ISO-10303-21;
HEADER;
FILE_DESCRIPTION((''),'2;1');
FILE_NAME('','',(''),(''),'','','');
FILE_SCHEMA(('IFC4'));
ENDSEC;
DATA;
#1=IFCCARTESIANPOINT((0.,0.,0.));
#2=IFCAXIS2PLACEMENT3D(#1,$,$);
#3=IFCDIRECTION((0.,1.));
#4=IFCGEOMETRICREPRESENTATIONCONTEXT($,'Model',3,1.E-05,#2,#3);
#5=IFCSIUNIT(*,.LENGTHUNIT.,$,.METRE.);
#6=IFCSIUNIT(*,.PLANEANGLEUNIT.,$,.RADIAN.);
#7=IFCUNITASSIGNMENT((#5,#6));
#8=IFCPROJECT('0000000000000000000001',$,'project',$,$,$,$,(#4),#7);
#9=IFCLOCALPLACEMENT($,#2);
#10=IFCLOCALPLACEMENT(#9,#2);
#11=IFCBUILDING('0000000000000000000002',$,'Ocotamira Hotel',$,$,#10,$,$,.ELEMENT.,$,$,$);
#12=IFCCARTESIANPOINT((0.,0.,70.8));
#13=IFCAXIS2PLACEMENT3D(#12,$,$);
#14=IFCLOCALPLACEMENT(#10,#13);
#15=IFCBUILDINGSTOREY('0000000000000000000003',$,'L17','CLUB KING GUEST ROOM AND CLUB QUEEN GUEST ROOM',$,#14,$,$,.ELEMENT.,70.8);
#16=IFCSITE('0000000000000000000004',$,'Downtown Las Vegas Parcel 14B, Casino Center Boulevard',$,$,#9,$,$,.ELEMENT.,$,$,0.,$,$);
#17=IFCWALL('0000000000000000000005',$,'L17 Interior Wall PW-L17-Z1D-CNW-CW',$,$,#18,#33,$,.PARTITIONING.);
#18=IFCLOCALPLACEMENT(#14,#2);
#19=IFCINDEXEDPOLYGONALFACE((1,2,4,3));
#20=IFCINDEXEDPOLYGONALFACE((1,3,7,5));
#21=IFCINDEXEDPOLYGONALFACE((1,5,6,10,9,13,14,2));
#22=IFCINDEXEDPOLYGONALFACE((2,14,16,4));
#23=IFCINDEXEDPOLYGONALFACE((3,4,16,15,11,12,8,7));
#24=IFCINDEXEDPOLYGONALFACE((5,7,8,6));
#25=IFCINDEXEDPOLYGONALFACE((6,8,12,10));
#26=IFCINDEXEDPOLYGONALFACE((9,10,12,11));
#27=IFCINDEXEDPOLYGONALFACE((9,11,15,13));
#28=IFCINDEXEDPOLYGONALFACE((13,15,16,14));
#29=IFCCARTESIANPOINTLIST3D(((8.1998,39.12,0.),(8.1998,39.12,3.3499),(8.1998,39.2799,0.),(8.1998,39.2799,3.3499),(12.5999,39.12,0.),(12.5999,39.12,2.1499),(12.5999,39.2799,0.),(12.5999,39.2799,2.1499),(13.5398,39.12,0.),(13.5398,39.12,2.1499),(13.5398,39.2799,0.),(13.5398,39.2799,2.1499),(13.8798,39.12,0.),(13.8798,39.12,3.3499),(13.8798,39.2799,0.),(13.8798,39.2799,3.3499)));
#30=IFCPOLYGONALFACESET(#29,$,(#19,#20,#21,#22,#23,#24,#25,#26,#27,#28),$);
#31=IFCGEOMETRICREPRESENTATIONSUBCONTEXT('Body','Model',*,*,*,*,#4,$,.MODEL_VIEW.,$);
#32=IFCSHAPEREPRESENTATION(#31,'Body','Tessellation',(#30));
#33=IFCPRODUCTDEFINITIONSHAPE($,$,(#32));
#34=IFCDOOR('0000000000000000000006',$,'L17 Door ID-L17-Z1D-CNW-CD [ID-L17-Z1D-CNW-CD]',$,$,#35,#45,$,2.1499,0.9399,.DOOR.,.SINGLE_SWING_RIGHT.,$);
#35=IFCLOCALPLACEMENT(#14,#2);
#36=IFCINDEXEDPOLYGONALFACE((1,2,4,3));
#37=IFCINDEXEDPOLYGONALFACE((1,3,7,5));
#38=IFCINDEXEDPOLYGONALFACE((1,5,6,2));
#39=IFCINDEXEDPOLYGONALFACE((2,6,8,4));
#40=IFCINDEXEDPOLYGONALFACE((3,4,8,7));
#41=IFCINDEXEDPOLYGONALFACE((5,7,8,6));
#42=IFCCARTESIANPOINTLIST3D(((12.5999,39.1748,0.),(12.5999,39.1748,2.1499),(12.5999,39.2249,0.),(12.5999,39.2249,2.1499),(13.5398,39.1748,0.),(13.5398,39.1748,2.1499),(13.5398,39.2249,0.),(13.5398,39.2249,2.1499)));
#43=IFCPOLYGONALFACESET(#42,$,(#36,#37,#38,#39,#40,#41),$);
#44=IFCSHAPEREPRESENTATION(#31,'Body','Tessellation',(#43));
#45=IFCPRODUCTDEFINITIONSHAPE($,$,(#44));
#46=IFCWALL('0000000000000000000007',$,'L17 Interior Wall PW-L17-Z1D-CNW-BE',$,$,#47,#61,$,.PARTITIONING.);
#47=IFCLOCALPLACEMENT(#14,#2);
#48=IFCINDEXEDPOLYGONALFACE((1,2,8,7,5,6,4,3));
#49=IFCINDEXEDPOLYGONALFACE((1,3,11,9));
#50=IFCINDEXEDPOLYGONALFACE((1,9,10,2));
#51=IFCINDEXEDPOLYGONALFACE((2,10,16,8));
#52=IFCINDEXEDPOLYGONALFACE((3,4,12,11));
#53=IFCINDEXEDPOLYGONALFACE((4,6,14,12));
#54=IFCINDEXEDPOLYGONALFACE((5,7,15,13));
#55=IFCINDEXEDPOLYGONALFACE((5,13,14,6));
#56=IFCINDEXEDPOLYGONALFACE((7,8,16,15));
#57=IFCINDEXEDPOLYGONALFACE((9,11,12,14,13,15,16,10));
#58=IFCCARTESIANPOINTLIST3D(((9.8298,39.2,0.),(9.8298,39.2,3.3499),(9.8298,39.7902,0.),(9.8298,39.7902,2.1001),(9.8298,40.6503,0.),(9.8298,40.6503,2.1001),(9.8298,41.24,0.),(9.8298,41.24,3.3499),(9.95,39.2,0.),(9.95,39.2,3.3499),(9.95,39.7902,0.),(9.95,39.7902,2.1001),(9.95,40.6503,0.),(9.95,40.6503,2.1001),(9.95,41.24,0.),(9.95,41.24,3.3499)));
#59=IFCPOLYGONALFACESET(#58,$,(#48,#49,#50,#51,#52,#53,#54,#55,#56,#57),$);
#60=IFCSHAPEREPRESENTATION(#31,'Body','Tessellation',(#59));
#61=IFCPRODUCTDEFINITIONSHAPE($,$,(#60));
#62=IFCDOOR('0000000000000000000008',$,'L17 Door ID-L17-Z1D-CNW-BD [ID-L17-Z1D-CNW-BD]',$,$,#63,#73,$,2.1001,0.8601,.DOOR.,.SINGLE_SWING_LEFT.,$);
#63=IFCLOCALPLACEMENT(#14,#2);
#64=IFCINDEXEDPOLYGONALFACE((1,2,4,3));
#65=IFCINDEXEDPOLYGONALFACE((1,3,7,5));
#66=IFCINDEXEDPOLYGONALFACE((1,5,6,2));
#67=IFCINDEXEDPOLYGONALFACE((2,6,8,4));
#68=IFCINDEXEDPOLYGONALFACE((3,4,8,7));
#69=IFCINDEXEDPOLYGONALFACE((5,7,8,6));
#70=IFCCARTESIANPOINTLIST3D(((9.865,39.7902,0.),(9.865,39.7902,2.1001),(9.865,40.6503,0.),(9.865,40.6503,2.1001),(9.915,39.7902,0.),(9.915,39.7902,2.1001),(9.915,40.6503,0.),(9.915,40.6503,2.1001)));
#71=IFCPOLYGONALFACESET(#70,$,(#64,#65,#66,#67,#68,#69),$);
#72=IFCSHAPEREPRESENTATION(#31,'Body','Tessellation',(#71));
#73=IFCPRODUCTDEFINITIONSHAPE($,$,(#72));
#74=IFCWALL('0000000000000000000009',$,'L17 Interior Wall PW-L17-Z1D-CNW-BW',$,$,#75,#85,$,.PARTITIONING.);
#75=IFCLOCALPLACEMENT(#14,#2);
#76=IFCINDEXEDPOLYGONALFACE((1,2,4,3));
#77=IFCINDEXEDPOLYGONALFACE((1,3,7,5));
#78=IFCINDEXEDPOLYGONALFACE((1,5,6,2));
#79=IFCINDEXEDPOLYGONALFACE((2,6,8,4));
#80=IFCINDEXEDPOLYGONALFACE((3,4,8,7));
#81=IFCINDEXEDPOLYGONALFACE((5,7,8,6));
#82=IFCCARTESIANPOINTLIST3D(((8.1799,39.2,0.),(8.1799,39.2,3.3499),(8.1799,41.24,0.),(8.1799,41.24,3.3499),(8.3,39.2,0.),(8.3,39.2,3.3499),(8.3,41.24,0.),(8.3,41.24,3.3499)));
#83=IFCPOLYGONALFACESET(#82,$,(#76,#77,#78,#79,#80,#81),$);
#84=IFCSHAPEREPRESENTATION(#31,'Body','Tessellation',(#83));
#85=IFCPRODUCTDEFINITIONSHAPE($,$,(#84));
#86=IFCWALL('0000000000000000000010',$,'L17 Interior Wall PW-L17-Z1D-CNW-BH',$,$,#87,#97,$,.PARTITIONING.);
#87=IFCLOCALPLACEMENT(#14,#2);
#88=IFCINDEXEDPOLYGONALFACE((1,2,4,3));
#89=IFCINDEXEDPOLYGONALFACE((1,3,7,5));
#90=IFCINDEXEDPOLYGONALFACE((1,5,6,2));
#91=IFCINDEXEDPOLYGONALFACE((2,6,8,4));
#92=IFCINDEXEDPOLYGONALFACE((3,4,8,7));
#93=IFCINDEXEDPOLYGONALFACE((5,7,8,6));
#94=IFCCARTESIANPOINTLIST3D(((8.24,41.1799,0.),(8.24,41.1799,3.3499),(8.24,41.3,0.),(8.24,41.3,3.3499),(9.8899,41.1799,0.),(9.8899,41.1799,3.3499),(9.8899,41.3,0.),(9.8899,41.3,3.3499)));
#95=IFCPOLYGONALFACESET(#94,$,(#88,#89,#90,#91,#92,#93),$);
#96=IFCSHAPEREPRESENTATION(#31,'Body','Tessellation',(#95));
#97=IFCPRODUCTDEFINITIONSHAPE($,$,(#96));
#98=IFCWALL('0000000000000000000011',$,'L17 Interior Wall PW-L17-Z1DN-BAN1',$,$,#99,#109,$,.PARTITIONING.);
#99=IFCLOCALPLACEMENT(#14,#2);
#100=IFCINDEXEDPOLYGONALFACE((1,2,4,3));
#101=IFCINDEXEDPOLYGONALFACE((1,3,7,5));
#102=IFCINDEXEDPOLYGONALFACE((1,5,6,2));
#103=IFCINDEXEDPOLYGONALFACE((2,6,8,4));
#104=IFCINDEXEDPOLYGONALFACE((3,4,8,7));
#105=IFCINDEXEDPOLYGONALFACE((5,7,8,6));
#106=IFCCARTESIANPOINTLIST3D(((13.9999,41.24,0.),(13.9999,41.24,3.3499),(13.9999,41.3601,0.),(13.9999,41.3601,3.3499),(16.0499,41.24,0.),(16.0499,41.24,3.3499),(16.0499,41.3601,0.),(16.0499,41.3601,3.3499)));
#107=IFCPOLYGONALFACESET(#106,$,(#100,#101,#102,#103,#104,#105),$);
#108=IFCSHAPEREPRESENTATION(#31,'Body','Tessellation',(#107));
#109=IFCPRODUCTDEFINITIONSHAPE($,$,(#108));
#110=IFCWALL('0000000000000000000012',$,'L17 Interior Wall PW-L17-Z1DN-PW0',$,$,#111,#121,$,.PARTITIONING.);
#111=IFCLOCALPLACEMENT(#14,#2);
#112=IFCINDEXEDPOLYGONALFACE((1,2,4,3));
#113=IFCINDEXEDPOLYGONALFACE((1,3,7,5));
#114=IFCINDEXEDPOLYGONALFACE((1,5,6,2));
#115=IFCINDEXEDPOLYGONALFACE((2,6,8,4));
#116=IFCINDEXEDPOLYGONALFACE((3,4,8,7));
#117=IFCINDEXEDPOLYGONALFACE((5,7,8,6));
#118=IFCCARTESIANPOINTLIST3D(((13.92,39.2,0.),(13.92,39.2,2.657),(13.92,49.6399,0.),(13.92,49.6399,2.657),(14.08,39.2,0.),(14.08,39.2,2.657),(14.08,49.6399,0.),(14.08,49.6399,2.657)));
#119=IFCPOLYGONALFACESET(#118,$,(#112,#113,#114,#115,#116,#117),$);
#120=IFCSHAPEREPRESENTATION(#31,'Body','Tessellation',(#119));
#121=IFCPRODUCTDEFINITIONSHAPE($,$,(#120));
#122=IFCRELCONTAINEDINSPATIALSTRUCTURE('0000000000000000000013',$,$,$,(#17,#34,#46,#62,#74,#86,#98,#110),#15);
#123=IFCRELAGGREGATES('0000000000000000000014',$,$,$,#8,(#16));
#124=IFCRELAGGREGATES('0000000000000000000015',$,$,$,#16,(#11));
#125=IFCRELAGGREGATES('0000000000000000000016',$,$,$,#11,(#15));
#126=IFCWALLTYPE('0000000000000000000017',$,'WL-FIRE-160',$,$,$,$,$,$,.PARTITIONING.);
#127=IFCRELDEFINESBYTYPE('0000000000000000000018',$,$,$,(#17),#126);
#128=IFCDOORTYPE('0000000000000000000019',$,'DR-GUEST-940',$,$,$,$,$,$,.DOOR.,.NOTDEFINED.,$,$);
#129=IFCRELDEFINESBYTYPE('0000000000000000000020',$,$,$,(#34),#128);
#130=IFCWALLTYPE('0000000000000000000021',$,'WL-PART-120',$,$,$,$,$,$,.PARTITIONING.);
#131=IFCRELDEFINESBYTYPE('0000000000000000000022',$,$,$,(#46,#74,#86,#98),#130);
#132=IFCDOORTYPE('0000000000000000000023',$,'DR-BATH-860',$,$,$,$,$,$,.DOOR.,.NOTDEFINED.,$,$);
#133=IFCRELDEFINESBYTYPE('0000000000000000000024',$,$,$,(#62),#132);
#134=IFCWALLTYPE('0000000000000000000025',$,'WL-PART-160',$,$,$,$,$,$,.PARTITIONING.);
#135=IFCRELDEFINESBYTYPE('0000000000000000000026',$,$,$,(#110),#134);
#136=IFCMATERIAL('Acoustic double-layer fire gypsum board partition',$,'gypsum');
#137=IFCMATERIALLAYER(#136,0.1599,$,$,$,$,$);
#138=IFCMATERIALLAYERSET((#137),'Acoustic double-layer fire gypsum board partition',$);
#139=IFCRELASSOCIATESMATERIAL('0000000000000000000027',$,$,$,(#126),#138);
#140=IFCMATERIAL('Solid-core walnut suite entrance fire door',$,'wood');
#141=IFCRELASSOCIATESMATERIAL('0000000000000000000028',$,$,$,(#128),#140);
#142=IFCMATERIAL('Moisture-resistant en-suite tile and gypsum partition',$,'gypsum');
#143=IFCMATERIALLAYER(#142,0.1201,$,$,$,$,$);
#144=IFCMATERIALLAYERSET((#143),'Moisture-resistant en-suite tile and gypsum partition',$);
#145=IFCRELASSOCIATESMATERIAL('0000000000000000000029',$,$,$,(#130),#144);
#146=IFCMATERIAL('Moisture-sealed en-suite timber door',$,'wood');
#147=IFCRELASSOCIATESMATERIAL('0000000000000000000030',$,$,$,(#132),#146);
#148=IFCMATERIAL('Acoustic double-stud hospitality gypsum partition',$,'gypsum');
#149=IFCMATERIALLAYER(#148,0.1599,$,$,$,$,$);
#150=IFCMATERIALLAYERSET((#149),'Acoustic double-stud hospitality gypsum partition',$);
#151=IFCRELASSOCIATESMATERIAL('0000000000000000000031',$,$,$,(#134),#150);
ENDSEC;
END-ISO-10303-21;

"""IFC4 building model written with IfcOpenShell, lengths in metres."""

from ifc_helpers import new_model, si_unit, direction, frame, frame_2d, origin, place, context, subcontext, project, spatial, rectangle, extrude, source, transform, mapped, material, layer, layer_set, type_object, element, fill, save


model = new_model("IFC4")

# Units and contexts
model_context = context("Model", 3, precision=1e-05, world=origin(), true_north=direction((0.0, 1.0)))
body_context = subcontext(model_context, "Body", "Model", "MODEL_VIEW")
ifc_project = project(units=[si_unit("LENGTHUNIT", "METRE"), si_unit("PLANEANGLEUNIT", "RADIAN")], contexts=[model_context])

# Site, building, storey
site_placement = place(None, origin())
site = spatial("IfcSite", under=ifc_project, at=site_placement, Name="Downtown Las Vegas Parcel 14B, Casino Center Boulevard", CompositionType="ELEMENT", RefElevation=0.0)
building_placement = place(site_placement, origin())
building = spatial("IfcBuilding", under=site, at=building_placement, Name="Ocotamira Hotel", CompositionType="ELEMENT")
storey_placement = place(building_placement, frame((0.0, 0.0, 70.8)))
storey = spatial("IfcBuildingStorey", under=building, at=storey_placement, Name="L17", Description="CLUB KING GUEST ROOM AND CLUB QUEEN GUEST ROOM", CompositionType="ELEMENT", Elevation=70.8)

# Wall, opening, door
ifc_material_1 = material(Name="Acoustic double-layer fire gypsum board partition", Category="gypsum")
ifc_layer_1 = layer(ifc_material_1, 0.1599)
ifc_layer_set_1 = layer_set([ifc_layer_1], Name="Acoustic double-layer fire gypsum board partition")
wall_type_1 = type_object("IfcWallType", Name="WL-FIRE-160", PredefinedType="PARTITIONING", material=ifc_layer_set_1)
wall_1_placement = place(storey_placement, frame((8.2, 39.2, 0.0), z_axis=(0.0, 0.0, 1.0), x_axis=(1.0, 0.0, 0.0)))
wall_1 = element("IfcWall", 1, at=wall_1_placement, inside=storey, type_object=wall_type_1, Name="L17 Interior Wall PW-L17-Z1D-CNW-CW", PredefinedType="PARTITIONING", context=body_context, shape_type="SweptSolid", body=[
    extrude(rectangle(XDim=5.6799, YDim=0.1599, at=frame_2d((2.8398, 0.0))), origin(), (0.0, 0.0, 1.0), 3.3499),
])
opening_1_placement = place(wall_1_placement, frame((4.3999, 0.0, 0.0)))
opening_1 = element("IfcOpeningElement", 2, at=opening_1_placement, cuts=wall_1, PredefinedType="OPENING", context=body_context, shape_type="SweptSolid", body=[
    extrude(rectangle(XDim=0.9399, YDim=2.1499, at=frame_2d((0.47, 1.075))), frame((0.0, 0.0898, 0.0), z_axis=(0.0, -1.0, 0.0), x_axis=(1.0, 0.0, 0.0)), (0.0, 0.0, 1.0), 0.1799),
])
ifc_material_2 = material(Name="Solid-core walnut suite entrance fire door", Category="wood")
door_type_1 = type_object("IfcDoorType", Name="DR-GUEST-940", OperationType="NOTDEFINED", PredefinedType="DOOR", material=ifc_material_2)
shared_shape_1 = source(origin(), body_context, "Body", "SweptSolid", [
    extrude(rectangle(XDim=0.9399, YDim=2.1499, at=frame_2d((0.47, 1.075))), frame((0.0, 0.0249, 0.0), z_axis=(0.0, -1.0, 0.0), x_axis=(1.0, 0.0, 0.0)), (0.0, 0.0, 1.0), 0.05),
])
door_1_placement = place(opening_1_placement, origin())
door_1 = element("IfcDoor", 3, at=door_1_placement, inside=storey, type_object=door_type_1, Name="L17 Door ID-L17-Z1D-CNW-CD [ID-L17-Z1D-CNW-CD]", OperationType="SINGLE_SWING_RIGHT", OverallHeight=2.1499, OverallWidth=0.9399, PredefinedType="DOOR", context=body_context, shape_type="MappedRepresentation", body=[
    mapped(shared_shape_1, transform((0.0, 0.0, 0.0), scale=1.0)),
])
fill(opening_1, door_1)

# Wall, opening, door
ifc_material_3 = material(Name="Moisture-resistant en-suite tile and gypsum partition", Category="gypsum")
ifc_layer_2 = layer(ifc_material_3, 0.1201)
ifc_layer_set_2 = layer_set([ifc_layer_2], Name="Moisture-resistant en-suite tile and gypsum partition")
wall_type_2 = type_object("IfcWallType", Name="WL-PART-120", PredefinedType="PARTITIONING", material=ifc_layer_set_2)
wall_2_placement = place(storey_placement, frame((9.8899, 39.2, 0.0), z_axis=(0.0, 0.0, 1.0), x_axis=(0.0, 1.0, 0.0)))
wall_2 = element("IfcWall", 4, at=wall_2_placement, inside=storey, type_object=wall_type_2, Name="L17 Interior Wall PW-L17-Z1D-CNW-BE", PredefinedType="PARTITIONING", context=body_context, shape_type="SweptSolid", body=[
    extrude(rectangle(XDim=2.04, YDim=0.1201, at=frame_2d((1.02, 0.0))), origin(), (0.0, 0.0, 1.0), 3.3499),
])
opening_2_placement = place(wall_2_placement, frame((0.5901, 0.0, 0.0)))
opening_2 = element("IfcOpeningElement", 5, at=opening_2_placement, cuts=wall_2, PredefinedType="OPENING", context=body_context, shape_type="SweptSolid", body=[
    extrude(rectangle(XDim=0.8601, YDim=2.1001, at=frame_2d((0.4302, 1.05))), frame((0.0, 0.0701, 0.0), z_axis=(0.0, -1.0, 0.0), x_axis=(1.0, 0.0, 0.0)), (0.0, 0.0, 1.0), 0.1401),
])
ifc_material_4 = material(Name="Moisture-sealed en-suite timber door", Category="wood")
door_type_2 = type_object("IfcDoorType", Name="DR-BATH-860", OperationType="NOTDEFINED", PredefinedType="DOOR", material=ifc_material_4)
shared_shape_2 = source(origin(), body_context, "Body", "SweptSolid", [
    extrude(rectangle(XDim=0.8601, YDim=2.1001, at=frame_2d((0.4302, 1.05))), frame((0.0, 0.0249, 0.0), z_axis=(0.0, -1.0, 0.0), x_axis=(1.0, 0.0, 0.0)), (0.0, 0.0, 1.0), 0.05),
])
door_2_placement = place(opening_2_placement, origin())
door_2 = element("IfcDoor", 6, at=door_2_placement, inside=storey, type_object=door_type_2, Name="L17 Door ID-L17-Z1D-CNW-BD [ID-L17-Z1D-CNW-BD]", OperationType="SINGLE_SWING_LEFT", OverallHeight=2.1001, OverallWidth=0.8601, PredefinedType="DOOR", context=body_context, shape_type="MappedRepresentation", body=[
    mapped(shared_shape_2, transform((0.0, 0.0, 0.0), scale=1.0)),
])
fill(opening_2, door_2)

# Walls
wall_3_placement = place(storey_placement, frame((8.24, 39.2, 0.0), z_axis=(0.0, 0.0, 1.0), x_axis=(0.0, 1.0, 0.0)))
element("IfcWall", 7, at=wall_3_placement, inside=storey, type_object=wall_type_2, Name="L17 Interior Wall PW-L17-Z1D-CNW-BW", PredefinedType="PARTITIONING", context=body_context, shape_type="SweptSolid", body=[
    extrude(rectangle(XDim=2.04, YDim=0.1201, at=frame_2d((1.02, 0.0))), origin(), (0.0, 0.0, 1.0), 3.3499),
])
wall_4_placement = place(storey_placement, frame((8.24, 41.24, 0.0), z_axis=(0.0, 0.0, 1.0), x_axis=(1.0, 0.0, 0.0)))
element("IfcWall", 8, at=wall_4_placement, inside=storey, type_object=wall_type_2, Name="L17 Interior Wall PW-L17-Z1D-CNW-BH", PredefinedType="PARTITIONING", context=body_context, shape_type="SweptSolid", body=[
    extrude(rectangle(XDim=1.6499, YDim=0.1201, at=frame_2d((0.825, 0.0))), origin(), (0.0, 0.0, 1.0), 3.3499),
])
wall_5_placement = place(storey_placement, frame((14.0, 41.3, 0.0), z_axis=(0.0, 0.0, 1.0), x_axis=(1.0, 0.0, 0.0)))
element("IfcWall", 9, at=wall_5_placement, inside=storey, type_object=wall_type_2, Name="L17 Interior Wall PW-L17-Z1DN-BAN1", PredefinedType="PARTITIONING", context=body_context, shape_type="SweptSolid", body=[
    extrude(rectangle(XDim=2.05, YDim=0.1201, at=frame_2d((1.0249, 0.0))), origin(), (0.0, 0.0, 1.0), 3.3499),
])
ifc_material_5 = material(Name="Acoustic double-stud hospitality gypsum partition", Category="gypsum")
ifc_layer_3 = layer(ifc_material_5, 0.1599)
ifc_layer_set_3 = layer_set([ifc_layer_3], Name="Acoustic double-stud hospitality gypsum partition")
wall_type_3 = type_object("IfcWallType", Name="WL-PART-160", PredefinedType="PARTITIONING", material=ifc_layer_set_3)
wall_6_placement = place(storey_placement, frame((14.0, 39.2, 0.0), z_axis=(0.0, 0.0, 1.0), x_axis=(0.0, 1.0, 0.0)))
element("IfcWall", 10, at=wall_6_placement, inside=storey, type_object=wall_type_3, Name="L17 Interior Wall PW-L17-Z1DN-PW0", PredefinedType="PARTITIONING", context=body_context, shape_type="SweptSolid", body=[
    extrude(rectangle(XDim=10.4399, YDim=0.1599, at=frame_2d((5.22, 0.0))), origin(), (0.0, 0.0, 1.0), 2.657),
])

save(model, "model.ifc")
